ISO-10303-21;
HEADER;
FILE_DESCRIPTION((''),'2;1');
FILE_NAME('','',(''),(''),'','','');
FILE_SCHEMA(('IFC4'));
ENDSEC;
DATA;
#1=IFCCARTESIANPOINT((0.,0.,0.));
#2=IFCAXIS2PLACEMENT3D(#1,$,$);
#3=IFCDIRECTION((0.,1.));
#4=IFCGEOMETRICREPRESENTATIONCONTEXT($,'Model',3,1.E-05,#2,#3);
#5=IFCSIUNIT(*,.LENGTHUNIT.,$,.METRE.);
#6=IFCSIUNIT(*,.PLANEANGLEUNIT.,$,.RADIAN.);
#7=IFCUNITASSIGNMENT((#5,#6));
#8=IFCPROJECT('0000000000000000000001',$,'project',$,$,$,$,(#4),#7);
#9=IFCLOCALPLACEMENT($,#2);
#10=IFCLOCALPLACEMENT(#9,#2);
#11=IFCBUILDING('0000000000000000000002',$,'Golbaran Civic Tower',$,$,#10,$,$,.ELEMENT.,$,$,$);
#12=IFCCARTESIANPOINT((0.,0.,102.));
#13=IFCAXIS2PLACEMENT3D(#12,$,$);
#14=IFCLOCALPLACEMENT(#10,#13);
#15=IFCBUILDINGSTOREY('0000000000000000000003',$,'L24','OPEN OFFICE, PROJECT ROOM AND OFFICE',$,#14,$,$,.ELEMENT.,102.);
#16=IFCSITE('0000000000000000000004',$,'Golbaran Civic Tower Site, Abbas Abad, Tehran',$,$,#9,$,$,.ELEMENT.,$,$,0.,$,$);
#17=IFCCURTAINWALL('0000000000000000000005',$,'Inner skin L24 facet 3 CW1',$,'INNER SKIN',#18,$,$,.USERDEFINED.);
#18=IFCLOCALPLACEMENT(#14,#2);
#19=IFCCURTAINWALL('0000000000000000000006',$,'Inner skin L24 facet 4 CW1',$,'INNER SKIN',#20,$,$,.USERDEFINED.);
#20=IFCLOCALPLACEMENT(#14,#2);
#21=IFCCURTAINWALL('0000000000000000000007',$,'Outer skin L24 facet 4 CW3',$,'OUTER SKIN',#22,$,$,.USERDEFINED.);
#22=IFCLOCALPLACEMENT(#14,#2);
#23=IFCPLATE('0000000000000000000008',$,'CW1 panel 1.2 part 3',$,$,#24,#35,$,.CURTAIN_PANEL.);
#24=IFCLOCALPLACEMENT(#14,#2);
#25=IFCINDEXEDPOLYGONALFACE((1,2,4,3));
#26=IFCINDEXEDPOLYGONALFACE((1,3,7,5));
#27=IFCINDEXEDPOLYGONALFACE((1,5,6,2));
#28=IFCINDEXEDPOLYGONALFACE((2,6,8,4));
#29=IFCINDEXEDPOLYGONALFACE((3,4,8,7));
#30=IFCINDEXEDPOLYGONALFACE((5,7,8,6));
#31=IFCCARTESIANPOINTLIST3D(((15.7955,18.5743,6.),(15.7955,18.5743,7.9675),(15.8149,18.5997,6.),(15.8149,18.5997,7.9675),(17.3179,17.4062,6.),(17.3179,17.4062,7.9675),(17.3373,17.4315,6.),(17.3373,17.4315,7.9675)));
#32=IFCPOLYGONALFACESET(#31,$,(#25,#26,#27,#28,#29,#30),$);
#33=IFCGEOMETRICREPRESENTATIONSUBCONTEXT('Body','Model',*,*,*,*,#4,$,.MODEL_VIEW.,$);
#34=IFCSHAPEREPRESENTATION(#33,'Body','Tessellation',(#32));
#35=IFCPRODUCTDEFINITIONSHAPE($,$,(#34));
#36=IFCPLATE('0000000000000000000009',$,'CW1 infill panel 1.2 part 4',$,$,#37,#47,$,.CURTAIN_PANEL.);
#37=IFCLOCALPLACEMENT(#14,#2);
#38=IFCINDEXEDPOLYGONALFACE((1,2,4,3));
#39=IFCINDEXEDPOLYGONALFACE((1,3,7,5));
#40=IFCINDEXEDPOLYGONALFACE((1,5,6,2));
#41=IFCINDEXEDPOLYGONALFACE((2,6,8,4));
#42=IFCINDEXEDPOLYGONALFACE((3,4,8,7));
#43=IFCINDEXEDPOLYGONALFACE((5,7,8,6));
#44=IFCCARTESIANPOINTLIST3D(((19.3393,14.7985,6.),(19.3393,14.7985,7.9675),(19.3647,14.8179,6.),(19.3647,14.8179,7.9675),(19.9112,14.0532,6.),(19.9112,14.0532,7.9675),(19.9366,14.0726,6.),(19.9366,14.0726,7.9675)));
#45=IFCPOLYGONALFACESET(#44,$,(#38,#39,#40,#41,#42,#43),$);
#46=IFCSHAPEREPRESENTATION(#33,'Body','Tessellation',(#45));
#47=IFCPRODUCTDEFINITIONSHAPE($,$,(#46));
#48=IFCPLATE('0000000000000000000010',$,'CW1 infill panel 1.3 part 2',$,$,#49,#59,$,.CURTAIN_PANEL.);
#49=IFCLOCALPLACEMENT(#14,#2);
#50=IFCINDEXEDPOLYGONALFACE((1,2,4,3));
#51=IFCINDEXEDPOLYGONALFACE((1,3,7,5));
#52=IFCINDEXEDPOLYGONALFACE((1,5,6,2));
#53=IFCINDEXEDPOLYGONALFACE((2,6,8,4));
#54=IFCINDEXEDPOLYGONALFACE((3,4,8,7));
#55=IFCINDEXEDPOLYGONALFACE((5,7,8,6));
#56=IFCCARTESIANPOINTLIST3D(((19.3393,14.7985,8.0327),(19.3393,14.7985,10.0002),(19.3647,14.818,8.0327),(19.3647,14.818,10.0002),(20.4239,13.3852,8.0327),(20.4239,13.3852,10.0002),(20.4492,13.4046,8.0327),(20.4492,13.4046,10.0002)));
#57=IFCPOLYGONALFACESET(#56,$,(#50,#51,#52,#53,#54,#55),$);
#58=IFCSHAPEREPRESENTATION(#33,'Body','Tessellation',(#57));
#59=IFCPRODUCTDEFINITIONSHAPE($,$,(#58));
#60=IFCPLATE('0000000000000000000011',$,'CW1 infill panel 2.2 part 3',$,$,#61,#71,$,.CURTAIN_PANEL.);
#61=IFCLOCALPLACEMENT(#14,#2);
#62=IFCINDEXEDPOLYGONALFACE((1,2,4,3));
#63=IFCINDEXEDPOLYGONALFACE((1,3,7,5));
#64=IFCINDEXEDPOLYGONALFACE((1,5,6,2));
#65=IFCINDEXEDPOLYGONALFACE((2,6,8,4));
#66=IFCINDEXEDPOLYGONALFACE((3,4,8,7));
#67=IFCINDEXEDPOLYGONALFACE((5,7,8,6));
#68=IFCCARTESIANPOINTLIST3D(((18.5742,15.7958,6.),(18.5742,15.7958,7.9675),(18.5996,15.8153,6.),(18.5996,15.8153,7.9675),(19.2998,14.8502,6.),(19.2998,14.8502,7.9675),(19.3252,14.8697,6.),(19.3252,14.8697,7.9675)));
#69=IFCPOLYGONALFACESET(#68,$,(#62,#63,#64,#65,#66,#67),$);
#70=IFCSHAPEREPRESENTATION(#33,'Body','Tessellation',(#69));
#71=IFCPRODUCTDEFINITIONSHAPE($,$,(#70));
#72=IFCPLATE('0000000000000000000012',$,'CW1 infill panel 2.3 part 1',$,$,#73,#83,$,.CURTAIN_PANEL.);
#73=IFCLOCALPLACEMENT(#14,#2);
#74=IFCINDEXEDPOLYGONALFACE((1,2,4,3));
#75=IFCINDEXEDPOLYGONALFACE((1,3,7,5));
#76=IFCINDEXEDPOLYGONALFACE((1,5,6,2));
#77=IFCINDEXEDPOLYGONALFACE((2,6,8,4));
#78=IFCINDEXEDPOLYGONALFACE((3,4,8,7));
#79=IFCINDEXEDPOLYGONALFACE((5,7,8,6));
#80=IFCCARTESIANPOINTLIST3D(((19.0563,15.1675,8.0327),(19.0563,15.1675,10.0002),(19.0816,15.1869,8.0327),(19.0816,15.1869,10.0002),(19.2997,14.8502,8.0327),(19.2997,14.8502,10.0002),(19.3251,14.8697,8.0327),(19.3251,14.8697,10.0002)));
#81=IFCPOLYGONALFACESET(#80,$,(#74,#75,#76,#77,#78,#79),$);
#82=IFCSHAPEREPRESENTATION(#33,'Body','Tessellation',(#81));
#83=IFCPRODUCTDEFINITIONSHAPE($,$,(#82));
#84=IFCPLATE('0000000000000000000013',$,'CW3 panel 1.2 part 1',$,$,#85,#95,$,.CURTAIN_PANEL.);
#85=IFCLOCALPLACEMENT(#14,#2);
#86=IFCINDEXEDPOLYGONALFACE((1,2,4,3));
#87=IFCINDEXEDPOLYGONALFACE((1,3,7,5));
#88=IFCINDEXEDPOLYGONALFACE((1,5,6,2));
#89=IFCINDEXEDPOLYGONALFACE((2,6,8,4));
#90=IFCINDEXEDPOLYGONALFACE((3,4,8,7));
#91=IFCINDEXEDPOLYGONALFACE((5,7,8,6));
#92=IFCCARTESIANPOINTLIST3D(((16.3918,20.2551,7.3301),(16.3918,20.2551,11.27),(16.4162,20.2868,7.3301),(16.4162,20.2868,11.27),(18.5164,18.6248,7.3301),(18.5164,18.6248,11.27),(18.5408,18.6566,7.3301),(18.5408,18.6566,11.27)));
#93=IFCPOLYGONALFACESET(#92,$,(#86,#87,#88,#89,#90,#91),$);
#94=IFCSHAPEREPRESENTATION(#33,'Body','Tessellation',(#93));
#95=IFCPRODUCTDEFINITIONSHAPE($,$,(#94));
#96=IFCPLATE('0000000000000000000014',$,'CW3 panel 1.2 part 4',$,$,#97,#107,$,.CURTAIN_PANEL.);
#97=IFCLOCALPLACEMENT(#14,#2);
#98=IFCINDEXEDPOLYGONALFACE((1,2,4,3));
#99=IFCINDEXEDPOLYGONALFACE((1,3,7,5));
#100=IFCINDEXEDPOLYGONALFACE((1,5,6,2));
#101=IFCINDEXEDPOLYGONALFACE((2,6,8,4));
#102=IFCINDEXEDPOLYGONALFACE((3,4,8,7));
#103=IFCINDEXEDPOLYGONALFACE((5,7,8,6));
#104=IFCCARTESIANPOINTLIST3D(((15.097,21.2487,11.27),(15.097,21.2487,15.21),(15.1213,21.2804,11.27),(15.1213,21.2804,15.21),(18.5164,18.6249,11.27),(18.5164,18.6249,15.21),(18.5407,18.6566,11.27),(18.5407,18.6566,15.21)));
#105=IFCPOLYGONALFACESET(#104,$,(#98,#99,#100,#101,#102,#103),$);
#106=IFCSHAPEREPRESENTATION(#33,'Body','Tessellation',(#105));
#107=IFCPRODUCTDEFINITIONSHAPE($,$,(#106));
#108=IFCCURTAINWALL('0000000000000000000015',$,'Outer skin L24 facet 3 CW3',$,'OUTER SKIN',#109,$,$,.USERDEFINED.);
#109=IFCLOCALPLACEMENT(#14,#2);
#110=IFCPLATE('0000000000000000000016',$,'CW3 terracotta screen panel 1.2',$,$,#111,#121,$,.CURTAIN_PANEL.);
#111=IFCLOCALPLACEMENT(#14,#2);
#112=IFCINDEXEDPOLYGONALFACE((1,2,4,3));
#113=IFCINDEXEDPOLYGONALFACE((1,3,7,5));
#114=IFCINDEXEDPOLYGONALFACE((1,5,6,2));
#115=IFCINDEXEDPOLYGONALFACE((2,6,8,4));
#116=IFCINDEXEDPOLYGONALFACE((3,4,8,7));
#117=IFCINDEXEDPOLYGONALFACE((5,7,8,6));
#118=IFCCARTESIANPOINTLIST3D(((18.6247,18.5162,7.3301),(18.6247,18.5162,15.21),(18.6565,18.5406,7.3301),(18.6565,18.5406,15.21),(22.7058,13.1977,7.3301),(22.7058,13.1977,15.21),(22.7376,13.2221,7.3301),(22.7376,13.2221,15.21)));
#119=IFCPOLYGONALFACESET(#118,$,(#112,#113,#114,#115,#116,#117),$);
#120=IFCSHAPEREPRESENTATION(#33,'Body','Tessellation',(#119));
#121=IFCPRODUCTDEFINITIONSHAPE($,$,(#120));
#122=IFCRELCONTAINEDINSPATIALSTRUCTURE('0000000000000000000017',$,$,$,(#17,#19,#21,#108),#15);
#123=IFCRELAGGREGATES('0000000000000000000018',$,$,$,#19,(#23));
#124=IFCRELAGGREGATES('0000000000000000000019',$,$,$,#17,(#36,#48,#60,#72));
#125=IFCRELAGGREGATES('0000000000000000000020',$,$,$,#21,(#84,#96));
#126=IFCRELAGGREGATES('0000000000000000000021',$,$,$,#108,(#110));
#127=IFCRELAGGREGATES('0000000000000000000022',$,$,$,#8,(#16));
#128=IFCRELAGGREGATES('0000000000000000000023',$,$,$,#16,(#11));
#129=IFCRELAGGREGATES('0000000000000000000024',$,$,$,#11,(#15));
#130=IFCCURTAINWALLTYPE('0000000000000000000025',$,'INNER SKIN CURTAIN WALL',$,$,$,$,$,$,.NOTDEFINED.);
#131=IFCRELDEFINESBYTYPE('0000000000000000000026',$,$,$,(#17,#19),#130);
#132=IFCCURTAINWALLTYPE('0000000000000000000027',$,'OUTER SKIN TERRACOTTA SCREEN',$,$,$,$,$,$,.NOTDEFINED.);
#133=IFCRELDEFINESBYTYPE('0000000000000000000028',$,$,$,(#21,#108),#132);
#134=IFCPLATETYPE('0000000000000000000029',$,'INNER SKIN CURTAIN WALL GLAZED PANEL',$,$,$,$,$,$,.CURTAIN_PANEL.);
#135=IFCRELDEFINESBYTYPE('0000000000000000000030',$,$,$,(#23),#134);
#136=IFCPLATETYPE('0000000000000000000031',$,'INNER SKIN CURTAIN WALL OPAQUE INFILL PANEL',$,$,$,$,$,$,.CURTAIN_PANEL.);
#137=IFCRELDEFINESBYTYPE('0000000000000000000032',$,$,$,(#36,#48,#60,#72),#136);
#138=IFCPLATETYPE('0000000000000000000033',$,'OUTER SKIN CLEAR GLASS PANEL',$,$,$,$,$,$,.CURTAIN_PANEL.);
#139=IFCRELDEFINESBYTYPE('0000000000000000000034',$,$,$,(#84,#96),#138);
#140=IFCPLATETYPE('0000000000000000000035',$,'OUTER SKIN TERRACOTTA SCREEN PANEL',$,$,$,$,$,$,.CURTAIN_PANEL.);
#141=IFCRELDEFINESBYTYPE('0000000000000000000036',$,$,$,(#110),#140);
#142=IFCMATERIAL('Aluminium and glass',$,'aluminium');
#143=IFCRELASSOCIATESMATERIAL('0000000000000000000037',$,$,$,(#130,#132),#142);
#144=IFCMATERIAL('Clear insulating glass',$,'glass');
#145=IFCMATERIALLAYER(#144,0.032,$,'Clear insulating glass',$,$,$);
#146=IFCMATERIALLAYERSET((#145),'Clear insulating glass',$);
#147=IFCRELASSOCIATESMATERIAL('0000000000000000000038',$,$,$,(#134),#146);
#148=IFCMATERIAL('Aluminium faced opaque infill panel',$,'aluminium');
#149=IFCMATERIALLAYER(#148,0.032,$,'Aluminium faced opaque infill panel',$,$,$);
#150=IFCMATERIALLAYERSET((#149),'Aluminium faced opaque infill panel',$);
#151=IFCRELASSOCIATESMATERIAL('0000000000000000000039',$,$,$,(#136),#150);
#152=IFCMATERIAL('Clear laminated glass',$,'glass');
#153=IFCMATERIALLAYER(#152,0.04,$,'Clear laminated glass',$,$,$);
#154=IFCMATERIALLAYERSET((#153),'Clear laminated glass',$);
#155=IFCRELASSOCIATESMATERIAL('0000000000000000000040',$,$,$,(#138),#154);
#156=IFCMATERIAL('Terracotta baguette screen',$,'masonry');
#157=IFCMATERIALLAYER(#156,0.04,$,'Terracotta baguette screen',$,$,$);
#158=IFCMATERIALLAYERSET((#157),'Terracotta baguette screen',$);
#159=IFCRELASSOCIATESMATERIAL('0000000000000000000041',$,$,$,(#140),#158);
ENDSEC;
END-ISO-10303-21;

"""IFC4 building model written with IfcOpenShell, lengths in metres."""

from ifc_helpers import new_model, si_unit, direction, frame, origin, origin_2d, place, context, subcontext, project, spatial, rectangle, extrude, material, layer, layer_set, type_object, element, aggregate, save


model = new_model("IFC4")

# Units and contexts
model_context = context("Model", 3, precision=1e-05, world=origin(), true_north=direction((0.0, 1.0)))
body_context = subcontext(model_context, "Body", "Model", "MODEL_VIEW")
ifc_project = project(units=[si_unit("LENGTHUNIT", "METRE"), si_unit("PLANEANGLEUNIT", "RADIAN")], contexts=[model_context])

# Site, building, storey
site_placement = place(None, origin())
site = spatial("IfcSite", under=ifc_project, at=site_placement, Name="Golbaran Civic Tower Site, Abbas Abad, Tehran", CompositionType="ELEMENT", RefElevation=0.0)
building_placement = place(site_placement, origin())
building = spatial("IfcBuilding", under=site, at=building_placement, Name="Golbaran Civic Tower", CompositionType="ELEMENT")
storey_placement = place(building_placement, frame((0.0, 0.0, 102.0)))
storey = spatial("IfcBuildingStorey", under=building, at=storey_placement, Name="L24", Description="OPEN OFFICE, PROJECT ROOM AND OFFICE", CompositionType="ELEMENT", Elevation=102.0)

# Curtain walls
ifc_material_1 = material(Name="Aluminium and glass", Category="aluminium")
curtain_wall_type_1 = type_object("IfcCurtainWallType", Name="INNER SKIN CURTAIN WALL", PredefinedType="NOTDEFINED", material=ifc_material_1)
curtain_wall_1_placement = place(storey_placement, origin())
curtain_wall_1 = element("IfcCurtainWall", 1, at=curtain_wall_1_placement, inside=storey, type_object=curtain_wall_type_1, Name="Inner skin L24 facet 3 CW1", ObjectType="INNER SKIN", PredefinedType="USERDEFINED")
curtain_wall_2_placement = place(storey_placement, origin())
curtain_wall_2 = element("IfcCurtainWall", 2, at=curtain_wall_2_placement, inside=storey, type_object=curtain_wall_type_1, Name="Inner skin L24 facet 4 CW1", ObjectType="INNER SKIN", PredefinedType="USERDEFINED")
curtain_wall_type_2 = type_object("IfcCurtainWallType", Name="OUTER SKIN TERRACOTTA SCREEN", PredefinedType="NOTDEFINED", material=ifc_material_1)
curtain_wall_3_placement = place(storey_placement, origin())
curtain_wall_3 = element("IfcCurtainWall", 3, at=curtain_wall_3_placement, inside=storey, type_object=curtain_wall_type_2, Name="Outer skin L24 facet 4 CW3", ObjectType="OUTER SKIN", PredefinedType="USERDEFINED")

# Plates
ifc_material_2 = material(Name="Clear insulating glass", Category="glass")
ifc_layer_1 = layer(ifc_material_2, 0.032, Name="Clear insulating glass")
ifc_layer_set_1 = layer_set([ifc_layer_1], Name="Clear insulating glass")
plate_type_1 = type_object("IfcPlateType", Name="INNER SKIN CURTAIN WALL GLAZED PANEL", PredefinedType="CURTAIN_PANEL", material=ifc_layer_set_1)
plate_1_placement = place(storey_placement, frame((16.5664, 18.0029, 6.0), z_axis=(0.0, 0.0, 1.0), x_axis=(-0.793353, 0.608761, 0.0)))
plate_1 = element("IfcPlate", 4, at=plate_1_placement, type_object=plate_type_1, Name="CW1 panel 1.2 part 3", PredefinedType="CURTAIN_PANEL", context=body_context, shape_type="SweptSolid", body=[
    extrude(rectangle(XDim=1.9189, YDim=0.032, at=origin_2d()), origin(), (0.0, 0.0, 1.0), 1.9675),
])
aggregate(curtain_wall_2, [plate_1])
ifc_material_3 = material(Name="Aluminium faced opaque infill panel", Category="aluminium")
ifc_layer_2 = layer(ifc_material_3, 0.032, Name="Aluminium faced opaque infill panel")
ifc_layer_set_2 = layer_set([ifc_layer_2], Name="Aluminium faced opaque infill panel")
plate_type_2 = type_object("IfcPlateType", Name="INNER SKIN CURTAIN WALL OPAQUE INFILL PANEL", PredefinedType="CURTAIN_PANEL", material=ifc_layer_set_2)
plate_2_placement = place(storey_placement, frame((19.6379, 14.4355, 6.0), z_axis=(0.0, 0.0, 1.0), x_axis=(-0.608761, 0.793353, 0.0)))
plate_2 = element("IfcPlate", 5, at=plate_2_placement, type_object=plate_type_2, Name="CW1 infill panel 1.2 part 4", PredefinedType="CURTAIN_PANEL", context=body_context, shape_type="SweptSolid", body=[
    extrude(rectangle(XDim=0.9395, YDim=0.032, at=origin_2d()), origin(), (0.0, 0.0, 1.0), 1.9675),
])
plate_3_placement = place(storey_placement, frame((19.8943, 14.1016, 8.0327), z_axis=(0.0, 0.0, 1.0), x_axis=(-0.608761, 0.793353, 0.0)))
plate_3 = element("IfcPlate", 6, at=plate_3_placement, type_object=plate_type_2, Name="CW1 infill panel 1.3 part 2", PredefinedType="CURTAIN_PANEL", context=body_context, shape_type="SweptSolid", body=[
    extrude(rectangle(XDim=1.7815, YDim=0.032, at=origin_2d()), origin(), (0.0, 0.0, 1.0), 1.9675),
])
plate_4_placement = place(storey_placement, frame((18.9497, 15.3328, 6.0), z_axis=(0.0, 0.0, 1.0), x_axis=(-0.608761, 0.793353, 0.0)))
plate_4 = element("IfcPlate", 7, at=plate_4_placement, type_object=plate_type_2, Name="CW1 infill panel 2.2 part 3", PredefinedType="CURTAIN_PANEL", context=body_context, shape_type="SweptSolid", body=[
    extrude(rectangle(XDim=1.1919, YDim=0.032, at=origin_2d()), origin(), (0.0, 0.0, 1.0), 1.9675),
])
plate_5_placement = place(storey_placement, frame((19.1907, 15.0186, 8.0327), z_axis=(0.0, 0.0, 1.0), x_axis=(-0.608761, 0.793353, 0.0)))
plate_5 = element("IfcPlate", 8, at=plate_5_placement, type_object=plate_type_2, Name="CW1 infill panel 2.3 part 1", PredefinedType="CURTAIN_PANEL", context=body_context, shape_type="SweptSolid", body=[
    extrude(rectangle(XDim=0.3999, YDim=0.032, at=origin_2d()), origin(), (0.0, 0.0, 1.0), 1.9675),
])
aggregate(curtain_wall_1, [plate_2, plate_3, plate_4, plate_5])
ifc_material_4 = material(Name="Clear laminated glass", Category="glass")
ifc_layer_3 = layer(ifc_material_4, 0.04, Name="Clear laminated glass")
ifc_layer_set_3 = layer_set([ifc_layer_3], Name="Clear laminated glass")
plate_type_3 = type_object("IfcPlateType", Name="OUTER SKIN CLEAR GLASS PANEL", PredefinedType="CURTAIN_PANEL", material=ifc_layer_set_3)
plate_6_placement = place(storey_placement, frame((17.4663, 19.4558, 7.3301), z_axis=(0.0, 0.0, 1.0), x_axis=(-0.793353, 0.608761, 0.0)))
plate_6 = element("IfcPlate", 9, at=plate_6_placement, type_object=plate_type_3, Name="CW3 panel 1.2 part 1", PredefinedType="CURTAIN_PANEL", context=body_context, shape_type="SweptSolid", body=[
    extrude(rectangle(XDim=2.678, YDim=0.04, at=origin_2d()), origin(), (0.0, 0.0, 1.0), 3.9399),
])
plate_7_placement = place(storey_placement, frame((16.8188, 19.9526, 11.27), z_axis=(0.0, 0.0, 1.0), x_axis=(-0.793353, 0.608761, 0.0)))
plate_7 = element("IfcPlate", 10, at=plate_7_placement, type_object=plate_type_3, Name="CW3 panel 1.2 part 4", PredefinedType="CURTAIN_PANEL", context=body_context, shape_type="SweptSolid", body=[
    extrude(rectangle(XDim=4.3101, YDim=0.04, at=origin_2d()), origin(), (0.0, 0.0, 1.0), 3.9399),
])
aggregate(curtain_wall_3, [plate_6, plate_7])

# Curtain wall, plate
curtain_wall_4_placement = place(storey_placement, origin())
curtain_wall_4 = element("IfcCurtainWall", 11, at=curtain_wall_4_placement, inside=storey, type_object=curtain_wall_type_2, Name="Outer skin L24 facet 3 CW3", ObjectType="OUTER SKIN", PredefinedType="USERDEFINED")
ifc_material_5 = material(Name="Terracotta baguette screen", Category="masonry")
ifc_layer_4 = layer(ifc_material_5, 0.04, Name="Terracotta baguette screen")
ifc_layer_set_4 = layer_set([ifc_layer_4], Name="Terracotta baguette screen")
plate_type_4 = type_object("IfcPlateType", Name="OUTER SKIN TERRACOTTA SCREEN PANEL", PredefinedType="CURTAIN_PANEL", material=ifc_layer_set_4)
plate_8_placement = place(storey_placement, frame((20.6812, 15.8691, 7.3301), z_axis=(0.0, 0.0, 1.0), x_axis=(-0.608761, 0.793353, 0.0)))
plate_8 = element("IfcPlate", 12, at=plate_8_placement, type_object=plate_type_4, Name="CW3 terracotta screen panel 1.2", PredefinedType="CURTAIN_PANEL", context=body_context, shape_type="SweptSolid", body=[
    extrude(rectangle(XDim=6.7039, YDim=0.04, at=origin_2d()), origin(), (0.0, 0.0, 1.0), 7.8799),
])
aggregate(curtain_wall_4, [plate_8])

save(model, "model.ifc")
